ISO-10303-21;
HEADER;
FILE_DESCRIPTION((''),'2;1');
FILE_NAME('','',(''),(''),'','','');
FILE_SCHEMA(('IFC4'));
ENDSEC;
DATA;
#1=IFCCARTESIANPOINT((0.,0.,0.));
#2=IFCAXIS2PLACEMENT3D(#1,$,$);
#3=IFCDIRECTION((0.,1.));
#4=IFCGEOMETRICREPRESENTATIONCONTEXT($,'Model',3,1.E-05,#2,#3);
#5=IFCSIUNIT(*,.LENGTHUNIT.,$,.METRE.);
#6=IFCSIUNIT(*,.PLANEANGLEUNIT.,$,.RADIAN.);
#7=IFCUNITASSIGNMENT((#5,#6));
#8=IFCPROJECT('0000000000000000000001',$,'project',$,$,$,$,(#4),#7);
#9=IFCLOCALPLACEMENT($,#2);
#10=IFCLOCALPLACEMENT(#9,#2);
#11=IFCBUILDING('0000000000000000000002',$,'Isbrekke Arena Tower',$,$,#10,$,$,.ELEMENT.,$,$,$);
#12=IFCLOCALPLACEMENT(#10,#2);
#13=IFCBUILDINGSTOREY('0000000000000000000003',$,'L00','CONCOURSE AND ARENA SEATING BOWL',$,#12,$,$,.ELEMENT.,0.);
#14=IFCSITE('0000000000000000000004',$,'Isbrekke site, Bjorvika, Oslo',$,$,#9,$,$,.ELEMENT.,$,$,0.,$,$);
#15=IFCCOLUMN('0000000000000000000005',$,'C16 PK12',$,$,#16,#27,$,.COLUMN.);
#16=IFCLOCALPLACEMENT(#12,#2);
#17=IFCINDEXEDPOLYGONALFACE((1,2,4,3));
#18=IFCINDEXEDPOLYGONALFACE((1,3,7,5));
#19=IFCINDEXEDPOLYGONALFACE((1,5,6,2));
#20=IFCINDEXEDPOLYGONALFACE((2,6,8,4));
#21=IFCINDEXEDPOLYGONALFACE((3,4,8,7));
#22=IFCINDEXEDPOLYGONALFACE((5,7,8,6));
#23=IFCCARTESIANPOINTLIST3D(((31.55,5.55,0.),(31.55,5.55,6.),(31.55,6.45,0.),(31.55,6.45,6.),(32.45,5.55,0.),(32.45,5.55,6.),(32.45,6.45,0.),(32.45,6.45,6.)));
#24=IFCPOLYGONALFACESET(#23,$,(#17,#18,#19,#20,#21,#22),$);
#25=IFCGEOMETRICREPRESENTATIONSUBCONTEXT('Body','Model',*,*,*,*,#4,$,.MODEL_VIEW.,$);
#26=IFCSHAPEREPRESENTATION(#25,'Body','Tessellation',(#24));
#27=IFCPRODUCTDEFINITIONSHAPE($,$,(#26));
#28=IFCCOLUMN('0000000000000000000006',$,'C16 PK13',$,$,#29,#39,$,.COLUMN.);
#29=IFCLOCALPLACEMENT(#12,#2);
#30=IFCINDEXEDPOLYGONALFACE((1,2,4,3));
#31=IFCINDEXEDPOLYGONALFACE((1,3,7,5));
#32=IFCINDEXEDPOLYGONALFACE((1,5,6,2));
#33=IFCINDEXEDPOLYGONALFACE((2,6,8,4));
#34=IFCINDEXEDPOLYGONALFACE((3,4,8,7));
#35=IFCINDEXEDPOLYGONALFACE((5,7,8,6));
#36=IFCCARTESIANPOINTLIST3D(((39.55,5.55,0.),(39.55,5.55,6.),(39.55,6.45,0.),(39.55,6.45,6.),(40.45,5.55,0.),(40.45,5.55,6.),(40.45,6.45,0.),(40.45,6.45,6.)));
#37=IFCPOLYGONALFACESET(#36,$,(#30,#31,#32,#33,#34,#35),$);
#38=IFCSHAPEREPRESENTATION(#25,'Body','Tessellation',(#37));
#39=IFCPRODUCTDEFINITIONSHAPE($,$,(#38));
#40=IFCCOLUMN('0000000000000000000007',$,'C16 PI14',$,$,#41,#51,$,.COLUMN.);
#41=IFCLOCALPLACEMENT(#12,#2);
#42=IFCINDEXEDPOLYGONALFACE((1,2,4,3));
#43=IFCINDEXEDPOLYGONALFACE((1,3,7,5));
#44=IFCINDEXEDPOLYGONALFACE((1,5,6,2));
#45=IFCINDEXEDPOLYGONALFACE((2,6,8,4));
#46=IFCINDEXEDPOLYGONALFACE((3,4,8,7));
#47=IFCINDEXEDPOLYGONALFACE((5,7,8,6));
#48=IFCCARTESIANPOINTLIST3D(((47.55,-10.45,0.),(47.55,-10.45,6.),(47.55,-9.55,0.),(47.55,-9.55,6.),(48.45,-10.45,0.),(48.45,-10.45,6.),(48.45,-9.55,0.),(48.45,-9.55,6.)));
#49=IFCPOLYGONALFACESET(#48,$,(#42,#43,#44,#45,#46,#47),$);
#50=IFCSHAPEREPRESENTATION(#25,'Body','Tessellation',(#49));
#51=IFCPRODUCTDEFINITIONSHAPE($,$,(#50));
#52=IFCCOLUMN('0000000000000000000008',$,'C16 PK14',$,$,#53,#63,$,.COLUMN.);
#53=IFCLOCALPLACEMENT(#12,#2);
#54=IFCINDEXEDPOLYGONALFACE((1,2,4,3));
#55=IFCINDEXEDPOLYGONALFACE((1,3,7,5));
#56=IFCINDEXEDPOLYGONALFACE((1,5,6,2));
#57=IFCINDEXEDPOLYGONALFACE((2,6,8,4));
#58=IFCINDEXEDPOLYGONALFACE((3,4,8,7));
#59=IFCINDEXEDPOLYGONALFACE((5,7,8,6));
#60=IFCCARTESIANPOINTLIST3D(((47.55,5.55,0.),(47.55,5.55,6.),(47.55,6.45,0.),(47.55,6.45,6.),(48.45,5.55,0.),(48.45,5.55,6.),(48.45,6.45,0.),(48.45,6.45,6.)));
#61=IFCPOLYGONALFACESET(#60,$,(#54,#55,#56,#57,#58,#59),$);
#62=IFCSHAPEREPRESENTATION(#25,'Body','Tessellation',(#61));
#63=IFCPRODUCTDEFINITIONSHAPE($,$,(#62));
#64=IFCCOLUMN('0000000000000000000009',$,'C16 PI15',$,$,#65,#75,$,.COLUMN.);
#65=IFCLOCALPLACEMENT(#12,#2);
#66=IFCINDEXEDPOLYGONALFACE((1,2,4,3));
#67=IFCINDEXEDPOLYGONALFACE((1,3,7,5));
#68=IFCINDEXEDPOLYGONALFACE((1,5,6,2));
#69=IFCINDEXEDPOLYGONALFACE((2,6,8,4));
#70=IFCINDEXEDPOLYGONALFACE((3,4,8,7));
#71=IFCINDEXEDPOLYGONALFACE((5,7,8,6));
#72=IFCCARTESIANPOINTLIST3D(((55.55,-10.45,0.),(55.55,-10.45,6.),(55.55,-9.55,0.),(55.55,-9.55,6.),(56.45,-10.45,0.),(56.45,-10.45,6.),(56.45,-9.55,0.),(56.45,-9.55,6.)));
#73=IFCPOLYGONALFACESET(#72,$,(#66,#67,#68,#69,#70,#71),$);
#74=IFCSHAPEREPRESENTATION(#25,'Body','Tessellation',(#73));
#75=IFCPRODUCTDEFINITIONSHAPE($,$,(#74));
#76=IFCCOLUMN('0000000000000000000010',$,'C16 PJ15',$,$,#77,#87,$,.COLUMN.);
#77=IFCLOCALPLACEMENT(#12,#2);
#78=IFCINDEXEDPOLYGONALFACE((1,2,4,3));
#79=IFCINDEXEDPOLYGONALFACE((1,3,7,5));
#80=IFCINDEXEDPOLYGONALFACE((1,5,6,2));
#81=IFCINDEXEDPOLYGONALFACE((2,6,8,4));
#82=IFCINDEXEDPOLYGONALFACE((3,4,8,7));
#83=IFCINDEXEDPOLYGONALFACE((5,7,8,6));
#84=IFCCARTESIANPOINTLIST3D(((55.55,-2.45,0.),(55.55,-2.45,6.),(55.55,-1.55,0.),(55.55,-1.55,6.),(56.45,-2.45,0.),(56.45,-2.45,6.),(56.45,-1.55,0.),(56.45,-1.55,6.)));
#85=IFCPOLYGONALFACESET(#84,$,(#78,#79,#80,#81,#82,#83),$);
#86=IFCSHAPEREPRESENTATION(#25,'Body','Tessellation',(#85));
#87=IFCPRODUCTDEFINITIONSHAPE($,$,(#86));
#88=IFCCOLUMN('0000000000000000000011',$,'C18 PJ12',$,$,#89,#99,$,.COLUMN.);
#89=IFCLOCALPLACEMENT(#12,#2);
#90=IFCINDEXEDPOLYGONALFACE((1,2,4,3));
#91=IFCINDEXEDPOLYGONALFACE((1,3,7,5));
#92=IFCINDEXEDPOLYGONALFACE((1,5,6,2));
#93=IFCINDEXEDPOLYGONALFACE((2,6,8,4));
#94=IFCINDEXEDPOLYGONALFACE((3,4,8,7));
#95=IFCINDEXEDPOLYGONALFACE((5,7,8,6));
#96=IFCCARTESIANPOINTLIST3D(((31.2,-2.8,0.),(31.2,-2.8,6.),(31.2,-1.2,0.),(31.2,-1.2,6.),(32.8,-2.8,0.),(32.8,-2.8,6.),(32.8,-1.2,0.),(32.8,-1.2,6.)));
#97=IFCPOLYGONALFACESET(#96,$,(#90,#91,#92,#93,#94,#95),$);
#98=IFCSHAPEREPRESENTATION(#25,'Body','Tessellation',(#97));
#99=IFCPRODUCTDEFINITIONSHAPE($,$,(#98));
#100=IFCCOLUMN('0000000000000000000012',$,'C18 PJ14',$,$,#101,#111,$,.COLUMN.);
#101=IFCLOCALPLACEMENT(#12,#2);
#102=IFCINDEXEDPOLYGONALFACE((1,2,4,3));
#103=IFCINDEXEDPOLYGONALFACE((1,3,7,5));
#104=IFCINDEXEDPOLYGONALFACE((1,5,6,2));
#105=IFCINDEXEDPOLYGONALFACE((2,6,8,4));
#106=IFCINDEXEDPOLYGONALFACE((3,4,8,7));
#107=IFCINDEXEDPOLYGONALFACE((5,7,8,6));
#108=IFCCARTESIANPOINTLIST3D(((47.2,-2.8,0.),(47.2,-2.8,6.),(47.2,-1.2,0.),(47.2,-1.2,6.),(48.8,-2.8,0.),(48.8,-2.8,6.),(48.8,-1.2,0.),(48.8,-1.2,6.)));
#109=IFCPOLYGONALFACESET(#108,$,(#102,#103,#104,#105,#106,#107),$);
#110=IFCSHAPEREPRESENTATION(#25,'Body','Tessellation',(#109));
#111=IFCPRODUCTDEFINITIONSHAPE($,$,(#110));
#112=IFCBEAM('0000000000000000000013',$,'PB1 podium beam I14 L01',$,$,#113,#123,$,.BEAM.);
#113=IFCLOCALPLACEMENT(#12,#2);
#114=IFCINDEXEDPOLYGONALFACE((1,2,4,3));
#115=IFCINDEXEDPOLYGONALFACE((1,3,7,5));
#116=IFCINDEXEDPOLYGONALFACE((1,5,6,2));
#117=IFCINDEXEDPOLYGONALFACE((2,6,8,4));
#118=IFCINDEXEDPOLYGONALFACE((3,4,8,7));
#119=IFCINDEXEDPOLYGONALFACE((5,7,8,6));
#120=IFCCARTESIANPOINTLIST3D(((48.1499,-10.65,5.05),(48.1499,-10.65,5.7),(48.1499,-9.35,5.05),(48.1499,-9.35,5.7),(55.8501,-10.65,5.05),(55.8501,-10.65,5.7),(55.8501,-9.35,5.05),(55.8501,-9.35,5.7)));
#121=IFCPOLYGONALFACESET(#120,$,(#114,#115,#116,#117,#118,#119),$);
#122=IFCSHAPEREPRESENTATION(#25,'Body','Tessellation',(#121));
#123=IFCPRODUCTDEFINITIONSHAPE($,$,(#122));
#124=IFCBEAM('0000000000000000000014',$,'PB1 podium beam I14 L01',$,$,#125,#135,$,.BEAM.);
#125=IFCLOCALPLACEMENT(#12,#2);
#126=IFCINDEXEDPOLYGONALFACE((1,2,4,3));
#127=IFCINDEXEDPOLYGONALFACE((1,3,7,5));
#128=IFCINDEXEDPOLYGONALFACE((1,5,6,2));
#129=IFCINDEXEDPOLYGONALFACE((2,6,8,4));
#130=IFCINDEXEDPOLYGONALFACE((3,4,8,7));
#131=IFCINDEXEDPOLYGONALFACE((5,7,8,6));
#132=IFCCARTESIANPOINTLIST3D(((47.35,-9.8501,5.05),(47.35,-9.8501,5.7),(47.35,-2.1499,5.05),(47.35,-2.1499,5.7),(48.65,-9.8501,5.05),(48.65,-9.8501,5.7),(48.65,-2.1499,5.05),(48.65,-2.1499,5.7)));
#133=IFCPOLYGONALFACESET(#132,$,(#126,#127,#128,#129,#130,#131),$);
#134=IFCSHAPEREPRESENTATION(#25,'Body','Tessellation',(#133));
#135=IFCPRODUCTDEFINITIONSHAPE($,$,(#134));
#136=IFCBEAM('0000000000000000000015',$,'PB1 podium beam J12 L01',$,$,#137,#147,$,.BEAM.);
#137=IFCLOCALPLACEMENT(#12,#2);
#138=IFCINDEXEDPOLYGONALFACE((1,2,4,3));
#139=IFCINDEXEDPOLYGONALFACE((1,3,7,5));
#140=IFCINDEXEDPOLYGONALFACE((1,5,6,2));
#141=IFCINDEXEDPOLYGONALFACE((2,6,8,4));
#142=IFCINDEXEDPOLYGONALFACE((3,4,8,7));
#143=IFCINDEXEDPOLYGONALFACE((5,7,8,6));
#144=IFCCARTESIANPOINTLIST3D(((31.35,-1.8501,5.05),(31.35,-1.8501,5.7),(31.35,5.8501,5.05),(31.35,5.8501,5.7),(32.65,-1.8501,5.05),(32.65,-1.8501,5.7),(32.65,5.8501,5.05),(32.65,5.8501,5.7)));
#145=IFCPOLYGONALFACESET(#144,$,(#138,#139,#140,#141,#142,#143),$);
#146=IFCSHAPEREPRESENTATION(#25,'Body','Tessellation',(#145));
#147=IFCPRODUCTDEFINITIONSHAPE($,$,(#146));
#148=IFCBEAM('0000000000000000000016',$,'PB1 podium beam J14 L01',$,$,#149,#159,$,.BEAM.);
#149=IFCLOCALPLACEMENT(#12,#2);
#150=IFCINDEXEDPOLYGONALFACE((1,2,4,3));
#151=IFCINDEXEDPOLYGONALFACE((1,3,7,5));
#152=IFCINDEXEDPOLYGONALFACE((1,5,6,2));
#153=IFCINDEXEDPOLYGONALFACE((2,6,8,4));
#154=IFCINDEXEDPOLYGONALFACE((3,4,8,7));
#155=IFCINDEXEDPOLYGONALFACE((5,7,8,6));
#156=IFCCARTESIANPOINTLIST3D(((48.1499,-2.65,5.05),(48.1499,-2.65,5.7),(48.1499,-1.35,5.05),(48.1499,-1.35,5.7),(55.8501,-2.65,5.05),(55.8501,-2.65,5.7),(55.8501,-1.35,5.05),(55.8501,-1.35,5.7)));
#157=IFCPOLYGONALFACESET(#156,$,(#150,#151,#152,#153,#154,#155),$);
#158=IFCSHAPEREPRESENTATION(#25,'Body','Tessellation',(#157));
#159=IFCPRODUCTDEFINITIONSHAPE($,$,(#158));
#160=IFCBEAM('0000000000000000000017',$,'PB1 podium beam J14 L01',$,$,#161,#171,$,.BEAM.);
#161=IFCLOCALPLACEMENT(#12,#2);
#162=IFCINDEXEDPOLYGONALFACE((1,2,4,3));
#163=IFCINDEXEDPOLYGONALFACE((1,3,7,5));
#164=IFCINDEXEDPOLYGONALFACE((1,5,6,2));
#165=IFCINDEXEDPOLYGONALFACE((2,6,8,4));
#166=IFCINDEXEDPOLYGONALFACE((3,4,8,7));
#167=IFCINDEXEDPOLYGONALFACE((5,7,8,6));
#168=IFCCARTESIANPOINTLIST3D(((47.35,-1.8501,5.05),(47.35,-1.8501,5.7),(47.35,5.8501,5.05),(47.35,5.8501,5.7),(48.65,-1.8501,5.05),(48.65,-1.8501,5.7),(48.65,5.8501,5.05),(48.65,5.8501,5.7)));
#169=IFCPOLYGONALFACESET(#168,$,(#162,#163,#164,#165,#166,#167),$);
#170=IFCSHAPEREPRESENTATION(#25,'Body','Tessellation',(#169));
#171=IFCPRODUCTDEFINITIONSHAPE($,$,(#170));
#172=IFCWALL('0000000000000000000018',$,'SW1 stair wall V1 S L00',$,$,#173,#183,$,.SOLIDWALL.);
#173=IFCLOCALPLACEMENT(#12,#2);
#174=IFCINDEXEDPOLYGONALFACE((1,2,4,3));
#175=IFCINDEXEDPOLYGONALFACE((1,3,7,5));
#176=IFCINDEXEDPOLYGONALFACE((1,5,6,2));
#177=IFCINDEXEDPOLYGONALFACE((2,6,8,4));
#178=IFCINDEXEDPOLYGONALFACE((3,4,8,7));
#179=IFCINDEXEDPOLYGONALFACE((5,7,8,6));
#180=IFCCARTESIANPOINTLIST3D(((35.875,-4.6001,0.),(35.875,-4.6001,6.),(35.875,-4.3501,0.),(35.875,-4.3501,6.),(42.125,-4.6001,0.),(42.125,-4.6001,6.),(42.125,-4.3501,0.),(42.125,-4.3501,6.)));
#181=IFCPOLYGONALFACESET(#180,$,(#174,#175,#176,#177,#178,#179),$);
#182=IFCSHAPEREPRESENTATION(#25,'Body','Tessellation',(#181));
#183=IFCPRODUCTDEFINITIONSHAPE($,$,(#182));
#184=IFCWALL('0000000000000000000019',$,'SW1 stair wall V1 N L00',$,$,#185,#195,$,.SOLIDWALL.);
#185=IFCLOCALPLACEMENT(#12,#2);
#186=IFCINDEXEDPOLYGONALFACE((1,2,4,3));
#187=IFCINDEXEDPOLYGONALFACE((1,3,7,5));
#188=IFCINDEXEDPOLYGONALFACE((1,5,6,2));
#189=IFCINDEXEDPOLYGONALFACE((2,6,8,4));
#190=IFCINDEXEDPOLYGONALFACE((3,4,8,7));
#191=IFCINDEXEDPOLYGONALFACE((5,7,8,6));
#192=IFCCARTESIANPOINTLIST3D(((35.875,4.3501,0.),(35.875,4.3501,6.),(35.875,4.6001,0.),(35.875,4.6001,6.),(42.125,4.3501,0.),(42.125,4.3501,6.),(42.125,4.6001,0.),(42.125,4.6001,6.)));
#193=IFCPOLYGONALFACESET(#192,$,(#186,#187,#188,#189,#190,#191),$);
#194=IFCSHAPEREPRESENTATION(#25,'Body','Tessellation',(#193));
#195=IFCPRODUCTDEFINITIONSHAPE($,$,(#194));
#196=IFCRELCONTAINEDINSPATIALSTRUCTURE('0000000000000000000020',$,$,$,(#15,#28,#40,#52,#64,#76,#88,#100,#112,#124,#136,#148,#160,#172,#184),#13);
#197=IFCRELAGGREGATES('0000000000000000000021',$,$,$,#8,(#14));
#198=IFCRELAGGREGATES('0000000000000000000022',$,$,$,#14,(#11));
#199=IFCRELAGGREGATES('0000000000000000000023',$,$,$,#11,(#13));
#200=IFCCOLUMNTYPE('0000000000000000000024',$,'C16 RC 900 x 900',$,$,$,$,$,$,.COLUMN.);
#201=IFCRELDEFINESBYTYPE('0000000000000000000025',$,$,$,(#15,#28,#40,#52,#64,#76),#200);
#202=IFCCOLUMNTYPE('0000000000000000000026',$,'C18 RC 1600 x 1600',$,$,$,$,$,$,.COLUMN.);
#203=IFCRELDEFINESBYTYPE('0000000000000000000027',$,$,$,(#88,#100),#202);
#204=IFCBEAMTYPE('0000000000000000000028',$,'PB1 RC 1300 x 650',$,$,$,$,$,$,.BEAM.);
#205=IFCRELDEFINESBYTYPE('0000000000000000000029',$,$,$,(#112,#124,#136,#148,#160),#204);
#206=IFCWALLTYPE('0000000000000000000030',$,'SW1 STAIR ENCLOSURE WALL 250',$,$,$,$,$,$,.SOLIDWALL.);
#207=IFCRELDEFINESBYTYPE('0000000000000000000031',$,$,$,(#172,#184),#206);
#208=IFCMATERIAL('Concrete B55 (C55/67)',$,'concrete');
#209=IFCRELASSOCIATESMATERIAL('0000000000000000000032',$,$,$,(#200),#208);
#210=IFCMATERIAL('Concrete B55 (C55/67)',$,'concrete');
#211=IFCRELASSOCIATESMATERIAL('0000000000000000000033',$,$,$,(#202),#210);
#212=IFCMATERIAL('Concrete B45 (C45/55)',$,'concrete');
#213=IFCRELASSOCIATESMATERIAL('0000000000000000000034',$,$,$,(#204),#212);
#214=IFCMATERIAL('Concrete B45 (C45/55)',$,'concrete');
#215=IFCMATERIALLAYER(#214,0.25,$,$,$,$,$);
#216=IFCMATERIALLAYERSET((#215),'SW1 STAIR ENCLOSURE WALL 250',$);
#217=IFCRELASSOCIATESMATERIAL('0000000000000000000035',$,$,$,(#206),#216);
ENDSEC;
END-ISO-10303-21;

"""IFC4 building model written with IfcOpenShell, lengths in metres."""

from ifc_helpers import new_model, si_unit, direction, frame, frame_2d, origin, origin_2d, place, context, subcontext, project, spatial, rectangle, extrude, material, layer, layer_set, material_profile, profile_set, type_object, element, save


model = new_model("IFC4")

# Units and contexts
model_context = context("Model", 3, precision=1e-05, world=origin(), true_north=direction((0.0, 1.0)))
body_context = subcontext(model_context, "Body", "Model", "MODEL_VIEW")
ifc_project = project(units=[si_unit("LENGTHUNIT", "METRE"), si_unit("PLANEANGLEUNIT", "RADIAN")], contexts=[model_context])

# Site, building, storey
site_placement = place(None, origin())
site = spatial("IfcSite", under=ifc_project, at=site_placement, Name="Isbrekke site, Bjorvika, Oslo", CompositionType="ELEMENT", RefElevation=0.0)
building_placement = place(site_placement, origin())
building = spatial("IfcBuilding", under=site, at=building_placement, Name="Isbrekke Arena Tower", CompositionType="ELEMENT")
storey_placement = place(building_placement, origin())
storey = spatial("IfcBuildingStorey", under=building, at=storey_placement, Name="L00", Description="CONCOURSE AND ARENA SEATING BOWL", CompositionType="ELEMENT", Elevation=0.0)

# Columns
ifc_material_1 = material(Name="Concrete B55 (C55/67)", Category="concrete")
ifc_material_profile_1 = material_profile(ifc_material_1, rectangle(XDim=0.8999, YDim=0.8999, at=origin_2d()), Name="RC 900x900")
ifc_profile_set_1 = profile_set([ifc_material_profile_1], Name="Concrete B55 (C55/67)")
column_type_1 = type_object("IfcColumnType", Name="C16 RC 900 x 900", PredefinedType="COLUMN", material=ifc_profile_set_1)
for number, where, z_axis, x_axis, name in (
    (1, (32.0, 6.0, 0.0), (0.0, 0.0, 1.0), (1.0, 0.0, 0.0), "C16 PK12"),
    (2, (40.0, 6.0, 0.0), (0.0, 0.0, 1.0), (1.0, 0.0, 0.0), "C16 PK13"),
    (3, (48.0, -10.0, 0.0), (0.0, 0.0, 1.0), (1.0, 0.0, 0.0), "C16 PI14"),
    (4, (48.0, 6.0, 0.0), (0.0, 0.0, 1.0), (1.0, 0.0, 0.0), "C16 PK14"),
    (5, (56.0, -10.0, 0.0), (0.0, 0.0, 1.0), (1.0, 0.0, 0.0), "C16 PI15"),
    (6, (56.0, -2.0, 0.0), (0.0, 0.0, 1.0), (1.0, 0.0, 0.0), "C16 PJ15"),
):
    element("IfcColumn", number, at=place(storey_placement, frame(where, z_axis=z_axis, x_axis=x_axis)), inside=storey, type_object=column_type_1, Name=name, PredefinedType="COLUMN", context=body_context, shape_type="SweptSolid", body=[
        extrude(rectangle(XDim=0.8999, YDim=0.8999, at=origin_2d()), origin(), (0.0, 0.0, 1.0), 6.0),
    ])
ifc_material_2 = material(Name="Concrete B55 (C55/67)", Category="concrete")
ifc_material_profile_2 = material_profile(ifc_material_2, rectangle(XDim=1.6001, YDim=1.6001, at=origin_2d()), Name="RC 1600x1600")
ifc_profile_set_2 = profile_set([ifc_material_profile_2], Name="Concrete B55 (C55/67)")
column_type_2 = type_object("IfcColumnType", Name="C18 RC 1600 x 1600", PredefinedType="COLUMN", material=ifc_profile_set_2)
for number, where, z_axis, x_axis, name in (
    (7, (32.0, -2.0, 0.0), (0.0, 0.0, 1.0), (1.0, 0.0, 0.0), "C18 PJ12"),
    (8, (48.0, -2.0, 0.0), (0.0, 0.0, 1.0), (1.0, 0.0, 0.0), "C18 PJ14"),
):
    element("IfcColumn", number, at=place(storey_placement, frame(where, z_axis=z_axis, x_axis=x_axis)), inside=storey, type_object=column_type_2, Name=name, PredefinedType="COLUMN", context=body_context, shape_type="SweptSolid", body=[
        extrude(rectangle(XDim=1.6001, YDim=1.6001, at=origin_2d()), origin(), (0.0, 0.0, 1.0), 6.0),
    ])

# Beams
ifc_material_3 = material(Name="Concrete B45 (C45/55)", Category="concrete")
ifc_material_profile_3 = material_profile(ifc_material_3, rectangle(XDim=1.3, YDim=0.6499, at=origin_2d()), Name="RC 1300x650")
ifc_profile_set_3 = profile_set([ifc_material_profile_3], Name="Concrete B45 (C45/55)")
beam_type = type_object("IfcBeamType", Name="PB1 RC 1300 x 650", PredefinedType="BEAM", material=ifc_profile_set_3)
for number, where, z_axis, x_axis, name in (
    (9, (48.1499, -10.0, 5.375), (1.0, 0.0, 0.0), (0.0, 1.0, 0.0), "PB1 podium beam I14 L01"),
    (10, (48.0, -9.8501, 5.375), (0.0, 1.0, 0.0), (-1.0, 0.0, 0.0), "PB1 podium beam I14 L01"),
    (11, (32.0, -1.8501, 5.375), (0.0, 1.0, 0.0), (-1.0, 0.0, 0.0), "PB1 podium beam J12 L01"),
    (12, (48.1499, -2.0, 5.375), (1.0, 0.0, 0.0), (0.0, 1.0, 0.0), "PB1 podium beam J14 L01"),
    (13, (48.0, -1.8501, 5.375), (0.0, 1.0, 0.0), (-1.0, 0.0, 0.0), "PB1 podium beam J14 L01"),
):
    element("IfcBeam", number, at=place(storey_placement, frame(where, z_axis=z_axis, x_axis=x_axis)), inside=storey, type_object=beam_type, Name=name, PredefinedType="BEAM", context=body_context, shape_type="SweptSolid", body=[
        extrude(rectangle(XDim=1.3, YDim=0.6499, at=origin_2d()), origin(), (0.0, 0.0, 1.0), 7.7002),
    ])

# Walls
ifc_material_4 = material(Name="Concrete B45 (C45/55)", Category="concrete")
ifc_layer = layer(ifc_material_4, 0.25)
ifc_layer_set = layer_set([ifc_layer], Name="SW1 STAIR ENCLOSURE WALL 250")
wall_type = type_object("IfcWallType", Name="SW1 STAIR ENCLOSURE WALL 250", PredefinedType="SOLIDWALL", material=ifc_layer_set)
for number, where, z_axis, x_axis, name in (
    (14, (35.875, -4.4751, 0.0), (0.0, 0.0, 1.0), (1.0, 0.0, 0.0), "SW1 stair wall V1 S L00"),
    (15, (42.125, 4.4751, 0.0), (0.0, 0.0, 1.0), (-1.0, 0.0, 0.0), "SW1 stair wall V1 N L00"),
):
    element("IfcWall", number, at=place(storey_placement, frame(where, z_axis=z_axis, x_axis=x_axis)), inside=storey, type_object=wall_type, Name=name, PredefinedType="SOLIDWALL", context=body_context, shape_type="SweptSolid", body=[
        extrude(rectangle(XDim=6.25, YDim=0.25, at=frame_2d((3.125, 0.0))), origin(), (0.0, 0.0, 1.0), 6.0),
    ])

save(model, "model.ifc")
